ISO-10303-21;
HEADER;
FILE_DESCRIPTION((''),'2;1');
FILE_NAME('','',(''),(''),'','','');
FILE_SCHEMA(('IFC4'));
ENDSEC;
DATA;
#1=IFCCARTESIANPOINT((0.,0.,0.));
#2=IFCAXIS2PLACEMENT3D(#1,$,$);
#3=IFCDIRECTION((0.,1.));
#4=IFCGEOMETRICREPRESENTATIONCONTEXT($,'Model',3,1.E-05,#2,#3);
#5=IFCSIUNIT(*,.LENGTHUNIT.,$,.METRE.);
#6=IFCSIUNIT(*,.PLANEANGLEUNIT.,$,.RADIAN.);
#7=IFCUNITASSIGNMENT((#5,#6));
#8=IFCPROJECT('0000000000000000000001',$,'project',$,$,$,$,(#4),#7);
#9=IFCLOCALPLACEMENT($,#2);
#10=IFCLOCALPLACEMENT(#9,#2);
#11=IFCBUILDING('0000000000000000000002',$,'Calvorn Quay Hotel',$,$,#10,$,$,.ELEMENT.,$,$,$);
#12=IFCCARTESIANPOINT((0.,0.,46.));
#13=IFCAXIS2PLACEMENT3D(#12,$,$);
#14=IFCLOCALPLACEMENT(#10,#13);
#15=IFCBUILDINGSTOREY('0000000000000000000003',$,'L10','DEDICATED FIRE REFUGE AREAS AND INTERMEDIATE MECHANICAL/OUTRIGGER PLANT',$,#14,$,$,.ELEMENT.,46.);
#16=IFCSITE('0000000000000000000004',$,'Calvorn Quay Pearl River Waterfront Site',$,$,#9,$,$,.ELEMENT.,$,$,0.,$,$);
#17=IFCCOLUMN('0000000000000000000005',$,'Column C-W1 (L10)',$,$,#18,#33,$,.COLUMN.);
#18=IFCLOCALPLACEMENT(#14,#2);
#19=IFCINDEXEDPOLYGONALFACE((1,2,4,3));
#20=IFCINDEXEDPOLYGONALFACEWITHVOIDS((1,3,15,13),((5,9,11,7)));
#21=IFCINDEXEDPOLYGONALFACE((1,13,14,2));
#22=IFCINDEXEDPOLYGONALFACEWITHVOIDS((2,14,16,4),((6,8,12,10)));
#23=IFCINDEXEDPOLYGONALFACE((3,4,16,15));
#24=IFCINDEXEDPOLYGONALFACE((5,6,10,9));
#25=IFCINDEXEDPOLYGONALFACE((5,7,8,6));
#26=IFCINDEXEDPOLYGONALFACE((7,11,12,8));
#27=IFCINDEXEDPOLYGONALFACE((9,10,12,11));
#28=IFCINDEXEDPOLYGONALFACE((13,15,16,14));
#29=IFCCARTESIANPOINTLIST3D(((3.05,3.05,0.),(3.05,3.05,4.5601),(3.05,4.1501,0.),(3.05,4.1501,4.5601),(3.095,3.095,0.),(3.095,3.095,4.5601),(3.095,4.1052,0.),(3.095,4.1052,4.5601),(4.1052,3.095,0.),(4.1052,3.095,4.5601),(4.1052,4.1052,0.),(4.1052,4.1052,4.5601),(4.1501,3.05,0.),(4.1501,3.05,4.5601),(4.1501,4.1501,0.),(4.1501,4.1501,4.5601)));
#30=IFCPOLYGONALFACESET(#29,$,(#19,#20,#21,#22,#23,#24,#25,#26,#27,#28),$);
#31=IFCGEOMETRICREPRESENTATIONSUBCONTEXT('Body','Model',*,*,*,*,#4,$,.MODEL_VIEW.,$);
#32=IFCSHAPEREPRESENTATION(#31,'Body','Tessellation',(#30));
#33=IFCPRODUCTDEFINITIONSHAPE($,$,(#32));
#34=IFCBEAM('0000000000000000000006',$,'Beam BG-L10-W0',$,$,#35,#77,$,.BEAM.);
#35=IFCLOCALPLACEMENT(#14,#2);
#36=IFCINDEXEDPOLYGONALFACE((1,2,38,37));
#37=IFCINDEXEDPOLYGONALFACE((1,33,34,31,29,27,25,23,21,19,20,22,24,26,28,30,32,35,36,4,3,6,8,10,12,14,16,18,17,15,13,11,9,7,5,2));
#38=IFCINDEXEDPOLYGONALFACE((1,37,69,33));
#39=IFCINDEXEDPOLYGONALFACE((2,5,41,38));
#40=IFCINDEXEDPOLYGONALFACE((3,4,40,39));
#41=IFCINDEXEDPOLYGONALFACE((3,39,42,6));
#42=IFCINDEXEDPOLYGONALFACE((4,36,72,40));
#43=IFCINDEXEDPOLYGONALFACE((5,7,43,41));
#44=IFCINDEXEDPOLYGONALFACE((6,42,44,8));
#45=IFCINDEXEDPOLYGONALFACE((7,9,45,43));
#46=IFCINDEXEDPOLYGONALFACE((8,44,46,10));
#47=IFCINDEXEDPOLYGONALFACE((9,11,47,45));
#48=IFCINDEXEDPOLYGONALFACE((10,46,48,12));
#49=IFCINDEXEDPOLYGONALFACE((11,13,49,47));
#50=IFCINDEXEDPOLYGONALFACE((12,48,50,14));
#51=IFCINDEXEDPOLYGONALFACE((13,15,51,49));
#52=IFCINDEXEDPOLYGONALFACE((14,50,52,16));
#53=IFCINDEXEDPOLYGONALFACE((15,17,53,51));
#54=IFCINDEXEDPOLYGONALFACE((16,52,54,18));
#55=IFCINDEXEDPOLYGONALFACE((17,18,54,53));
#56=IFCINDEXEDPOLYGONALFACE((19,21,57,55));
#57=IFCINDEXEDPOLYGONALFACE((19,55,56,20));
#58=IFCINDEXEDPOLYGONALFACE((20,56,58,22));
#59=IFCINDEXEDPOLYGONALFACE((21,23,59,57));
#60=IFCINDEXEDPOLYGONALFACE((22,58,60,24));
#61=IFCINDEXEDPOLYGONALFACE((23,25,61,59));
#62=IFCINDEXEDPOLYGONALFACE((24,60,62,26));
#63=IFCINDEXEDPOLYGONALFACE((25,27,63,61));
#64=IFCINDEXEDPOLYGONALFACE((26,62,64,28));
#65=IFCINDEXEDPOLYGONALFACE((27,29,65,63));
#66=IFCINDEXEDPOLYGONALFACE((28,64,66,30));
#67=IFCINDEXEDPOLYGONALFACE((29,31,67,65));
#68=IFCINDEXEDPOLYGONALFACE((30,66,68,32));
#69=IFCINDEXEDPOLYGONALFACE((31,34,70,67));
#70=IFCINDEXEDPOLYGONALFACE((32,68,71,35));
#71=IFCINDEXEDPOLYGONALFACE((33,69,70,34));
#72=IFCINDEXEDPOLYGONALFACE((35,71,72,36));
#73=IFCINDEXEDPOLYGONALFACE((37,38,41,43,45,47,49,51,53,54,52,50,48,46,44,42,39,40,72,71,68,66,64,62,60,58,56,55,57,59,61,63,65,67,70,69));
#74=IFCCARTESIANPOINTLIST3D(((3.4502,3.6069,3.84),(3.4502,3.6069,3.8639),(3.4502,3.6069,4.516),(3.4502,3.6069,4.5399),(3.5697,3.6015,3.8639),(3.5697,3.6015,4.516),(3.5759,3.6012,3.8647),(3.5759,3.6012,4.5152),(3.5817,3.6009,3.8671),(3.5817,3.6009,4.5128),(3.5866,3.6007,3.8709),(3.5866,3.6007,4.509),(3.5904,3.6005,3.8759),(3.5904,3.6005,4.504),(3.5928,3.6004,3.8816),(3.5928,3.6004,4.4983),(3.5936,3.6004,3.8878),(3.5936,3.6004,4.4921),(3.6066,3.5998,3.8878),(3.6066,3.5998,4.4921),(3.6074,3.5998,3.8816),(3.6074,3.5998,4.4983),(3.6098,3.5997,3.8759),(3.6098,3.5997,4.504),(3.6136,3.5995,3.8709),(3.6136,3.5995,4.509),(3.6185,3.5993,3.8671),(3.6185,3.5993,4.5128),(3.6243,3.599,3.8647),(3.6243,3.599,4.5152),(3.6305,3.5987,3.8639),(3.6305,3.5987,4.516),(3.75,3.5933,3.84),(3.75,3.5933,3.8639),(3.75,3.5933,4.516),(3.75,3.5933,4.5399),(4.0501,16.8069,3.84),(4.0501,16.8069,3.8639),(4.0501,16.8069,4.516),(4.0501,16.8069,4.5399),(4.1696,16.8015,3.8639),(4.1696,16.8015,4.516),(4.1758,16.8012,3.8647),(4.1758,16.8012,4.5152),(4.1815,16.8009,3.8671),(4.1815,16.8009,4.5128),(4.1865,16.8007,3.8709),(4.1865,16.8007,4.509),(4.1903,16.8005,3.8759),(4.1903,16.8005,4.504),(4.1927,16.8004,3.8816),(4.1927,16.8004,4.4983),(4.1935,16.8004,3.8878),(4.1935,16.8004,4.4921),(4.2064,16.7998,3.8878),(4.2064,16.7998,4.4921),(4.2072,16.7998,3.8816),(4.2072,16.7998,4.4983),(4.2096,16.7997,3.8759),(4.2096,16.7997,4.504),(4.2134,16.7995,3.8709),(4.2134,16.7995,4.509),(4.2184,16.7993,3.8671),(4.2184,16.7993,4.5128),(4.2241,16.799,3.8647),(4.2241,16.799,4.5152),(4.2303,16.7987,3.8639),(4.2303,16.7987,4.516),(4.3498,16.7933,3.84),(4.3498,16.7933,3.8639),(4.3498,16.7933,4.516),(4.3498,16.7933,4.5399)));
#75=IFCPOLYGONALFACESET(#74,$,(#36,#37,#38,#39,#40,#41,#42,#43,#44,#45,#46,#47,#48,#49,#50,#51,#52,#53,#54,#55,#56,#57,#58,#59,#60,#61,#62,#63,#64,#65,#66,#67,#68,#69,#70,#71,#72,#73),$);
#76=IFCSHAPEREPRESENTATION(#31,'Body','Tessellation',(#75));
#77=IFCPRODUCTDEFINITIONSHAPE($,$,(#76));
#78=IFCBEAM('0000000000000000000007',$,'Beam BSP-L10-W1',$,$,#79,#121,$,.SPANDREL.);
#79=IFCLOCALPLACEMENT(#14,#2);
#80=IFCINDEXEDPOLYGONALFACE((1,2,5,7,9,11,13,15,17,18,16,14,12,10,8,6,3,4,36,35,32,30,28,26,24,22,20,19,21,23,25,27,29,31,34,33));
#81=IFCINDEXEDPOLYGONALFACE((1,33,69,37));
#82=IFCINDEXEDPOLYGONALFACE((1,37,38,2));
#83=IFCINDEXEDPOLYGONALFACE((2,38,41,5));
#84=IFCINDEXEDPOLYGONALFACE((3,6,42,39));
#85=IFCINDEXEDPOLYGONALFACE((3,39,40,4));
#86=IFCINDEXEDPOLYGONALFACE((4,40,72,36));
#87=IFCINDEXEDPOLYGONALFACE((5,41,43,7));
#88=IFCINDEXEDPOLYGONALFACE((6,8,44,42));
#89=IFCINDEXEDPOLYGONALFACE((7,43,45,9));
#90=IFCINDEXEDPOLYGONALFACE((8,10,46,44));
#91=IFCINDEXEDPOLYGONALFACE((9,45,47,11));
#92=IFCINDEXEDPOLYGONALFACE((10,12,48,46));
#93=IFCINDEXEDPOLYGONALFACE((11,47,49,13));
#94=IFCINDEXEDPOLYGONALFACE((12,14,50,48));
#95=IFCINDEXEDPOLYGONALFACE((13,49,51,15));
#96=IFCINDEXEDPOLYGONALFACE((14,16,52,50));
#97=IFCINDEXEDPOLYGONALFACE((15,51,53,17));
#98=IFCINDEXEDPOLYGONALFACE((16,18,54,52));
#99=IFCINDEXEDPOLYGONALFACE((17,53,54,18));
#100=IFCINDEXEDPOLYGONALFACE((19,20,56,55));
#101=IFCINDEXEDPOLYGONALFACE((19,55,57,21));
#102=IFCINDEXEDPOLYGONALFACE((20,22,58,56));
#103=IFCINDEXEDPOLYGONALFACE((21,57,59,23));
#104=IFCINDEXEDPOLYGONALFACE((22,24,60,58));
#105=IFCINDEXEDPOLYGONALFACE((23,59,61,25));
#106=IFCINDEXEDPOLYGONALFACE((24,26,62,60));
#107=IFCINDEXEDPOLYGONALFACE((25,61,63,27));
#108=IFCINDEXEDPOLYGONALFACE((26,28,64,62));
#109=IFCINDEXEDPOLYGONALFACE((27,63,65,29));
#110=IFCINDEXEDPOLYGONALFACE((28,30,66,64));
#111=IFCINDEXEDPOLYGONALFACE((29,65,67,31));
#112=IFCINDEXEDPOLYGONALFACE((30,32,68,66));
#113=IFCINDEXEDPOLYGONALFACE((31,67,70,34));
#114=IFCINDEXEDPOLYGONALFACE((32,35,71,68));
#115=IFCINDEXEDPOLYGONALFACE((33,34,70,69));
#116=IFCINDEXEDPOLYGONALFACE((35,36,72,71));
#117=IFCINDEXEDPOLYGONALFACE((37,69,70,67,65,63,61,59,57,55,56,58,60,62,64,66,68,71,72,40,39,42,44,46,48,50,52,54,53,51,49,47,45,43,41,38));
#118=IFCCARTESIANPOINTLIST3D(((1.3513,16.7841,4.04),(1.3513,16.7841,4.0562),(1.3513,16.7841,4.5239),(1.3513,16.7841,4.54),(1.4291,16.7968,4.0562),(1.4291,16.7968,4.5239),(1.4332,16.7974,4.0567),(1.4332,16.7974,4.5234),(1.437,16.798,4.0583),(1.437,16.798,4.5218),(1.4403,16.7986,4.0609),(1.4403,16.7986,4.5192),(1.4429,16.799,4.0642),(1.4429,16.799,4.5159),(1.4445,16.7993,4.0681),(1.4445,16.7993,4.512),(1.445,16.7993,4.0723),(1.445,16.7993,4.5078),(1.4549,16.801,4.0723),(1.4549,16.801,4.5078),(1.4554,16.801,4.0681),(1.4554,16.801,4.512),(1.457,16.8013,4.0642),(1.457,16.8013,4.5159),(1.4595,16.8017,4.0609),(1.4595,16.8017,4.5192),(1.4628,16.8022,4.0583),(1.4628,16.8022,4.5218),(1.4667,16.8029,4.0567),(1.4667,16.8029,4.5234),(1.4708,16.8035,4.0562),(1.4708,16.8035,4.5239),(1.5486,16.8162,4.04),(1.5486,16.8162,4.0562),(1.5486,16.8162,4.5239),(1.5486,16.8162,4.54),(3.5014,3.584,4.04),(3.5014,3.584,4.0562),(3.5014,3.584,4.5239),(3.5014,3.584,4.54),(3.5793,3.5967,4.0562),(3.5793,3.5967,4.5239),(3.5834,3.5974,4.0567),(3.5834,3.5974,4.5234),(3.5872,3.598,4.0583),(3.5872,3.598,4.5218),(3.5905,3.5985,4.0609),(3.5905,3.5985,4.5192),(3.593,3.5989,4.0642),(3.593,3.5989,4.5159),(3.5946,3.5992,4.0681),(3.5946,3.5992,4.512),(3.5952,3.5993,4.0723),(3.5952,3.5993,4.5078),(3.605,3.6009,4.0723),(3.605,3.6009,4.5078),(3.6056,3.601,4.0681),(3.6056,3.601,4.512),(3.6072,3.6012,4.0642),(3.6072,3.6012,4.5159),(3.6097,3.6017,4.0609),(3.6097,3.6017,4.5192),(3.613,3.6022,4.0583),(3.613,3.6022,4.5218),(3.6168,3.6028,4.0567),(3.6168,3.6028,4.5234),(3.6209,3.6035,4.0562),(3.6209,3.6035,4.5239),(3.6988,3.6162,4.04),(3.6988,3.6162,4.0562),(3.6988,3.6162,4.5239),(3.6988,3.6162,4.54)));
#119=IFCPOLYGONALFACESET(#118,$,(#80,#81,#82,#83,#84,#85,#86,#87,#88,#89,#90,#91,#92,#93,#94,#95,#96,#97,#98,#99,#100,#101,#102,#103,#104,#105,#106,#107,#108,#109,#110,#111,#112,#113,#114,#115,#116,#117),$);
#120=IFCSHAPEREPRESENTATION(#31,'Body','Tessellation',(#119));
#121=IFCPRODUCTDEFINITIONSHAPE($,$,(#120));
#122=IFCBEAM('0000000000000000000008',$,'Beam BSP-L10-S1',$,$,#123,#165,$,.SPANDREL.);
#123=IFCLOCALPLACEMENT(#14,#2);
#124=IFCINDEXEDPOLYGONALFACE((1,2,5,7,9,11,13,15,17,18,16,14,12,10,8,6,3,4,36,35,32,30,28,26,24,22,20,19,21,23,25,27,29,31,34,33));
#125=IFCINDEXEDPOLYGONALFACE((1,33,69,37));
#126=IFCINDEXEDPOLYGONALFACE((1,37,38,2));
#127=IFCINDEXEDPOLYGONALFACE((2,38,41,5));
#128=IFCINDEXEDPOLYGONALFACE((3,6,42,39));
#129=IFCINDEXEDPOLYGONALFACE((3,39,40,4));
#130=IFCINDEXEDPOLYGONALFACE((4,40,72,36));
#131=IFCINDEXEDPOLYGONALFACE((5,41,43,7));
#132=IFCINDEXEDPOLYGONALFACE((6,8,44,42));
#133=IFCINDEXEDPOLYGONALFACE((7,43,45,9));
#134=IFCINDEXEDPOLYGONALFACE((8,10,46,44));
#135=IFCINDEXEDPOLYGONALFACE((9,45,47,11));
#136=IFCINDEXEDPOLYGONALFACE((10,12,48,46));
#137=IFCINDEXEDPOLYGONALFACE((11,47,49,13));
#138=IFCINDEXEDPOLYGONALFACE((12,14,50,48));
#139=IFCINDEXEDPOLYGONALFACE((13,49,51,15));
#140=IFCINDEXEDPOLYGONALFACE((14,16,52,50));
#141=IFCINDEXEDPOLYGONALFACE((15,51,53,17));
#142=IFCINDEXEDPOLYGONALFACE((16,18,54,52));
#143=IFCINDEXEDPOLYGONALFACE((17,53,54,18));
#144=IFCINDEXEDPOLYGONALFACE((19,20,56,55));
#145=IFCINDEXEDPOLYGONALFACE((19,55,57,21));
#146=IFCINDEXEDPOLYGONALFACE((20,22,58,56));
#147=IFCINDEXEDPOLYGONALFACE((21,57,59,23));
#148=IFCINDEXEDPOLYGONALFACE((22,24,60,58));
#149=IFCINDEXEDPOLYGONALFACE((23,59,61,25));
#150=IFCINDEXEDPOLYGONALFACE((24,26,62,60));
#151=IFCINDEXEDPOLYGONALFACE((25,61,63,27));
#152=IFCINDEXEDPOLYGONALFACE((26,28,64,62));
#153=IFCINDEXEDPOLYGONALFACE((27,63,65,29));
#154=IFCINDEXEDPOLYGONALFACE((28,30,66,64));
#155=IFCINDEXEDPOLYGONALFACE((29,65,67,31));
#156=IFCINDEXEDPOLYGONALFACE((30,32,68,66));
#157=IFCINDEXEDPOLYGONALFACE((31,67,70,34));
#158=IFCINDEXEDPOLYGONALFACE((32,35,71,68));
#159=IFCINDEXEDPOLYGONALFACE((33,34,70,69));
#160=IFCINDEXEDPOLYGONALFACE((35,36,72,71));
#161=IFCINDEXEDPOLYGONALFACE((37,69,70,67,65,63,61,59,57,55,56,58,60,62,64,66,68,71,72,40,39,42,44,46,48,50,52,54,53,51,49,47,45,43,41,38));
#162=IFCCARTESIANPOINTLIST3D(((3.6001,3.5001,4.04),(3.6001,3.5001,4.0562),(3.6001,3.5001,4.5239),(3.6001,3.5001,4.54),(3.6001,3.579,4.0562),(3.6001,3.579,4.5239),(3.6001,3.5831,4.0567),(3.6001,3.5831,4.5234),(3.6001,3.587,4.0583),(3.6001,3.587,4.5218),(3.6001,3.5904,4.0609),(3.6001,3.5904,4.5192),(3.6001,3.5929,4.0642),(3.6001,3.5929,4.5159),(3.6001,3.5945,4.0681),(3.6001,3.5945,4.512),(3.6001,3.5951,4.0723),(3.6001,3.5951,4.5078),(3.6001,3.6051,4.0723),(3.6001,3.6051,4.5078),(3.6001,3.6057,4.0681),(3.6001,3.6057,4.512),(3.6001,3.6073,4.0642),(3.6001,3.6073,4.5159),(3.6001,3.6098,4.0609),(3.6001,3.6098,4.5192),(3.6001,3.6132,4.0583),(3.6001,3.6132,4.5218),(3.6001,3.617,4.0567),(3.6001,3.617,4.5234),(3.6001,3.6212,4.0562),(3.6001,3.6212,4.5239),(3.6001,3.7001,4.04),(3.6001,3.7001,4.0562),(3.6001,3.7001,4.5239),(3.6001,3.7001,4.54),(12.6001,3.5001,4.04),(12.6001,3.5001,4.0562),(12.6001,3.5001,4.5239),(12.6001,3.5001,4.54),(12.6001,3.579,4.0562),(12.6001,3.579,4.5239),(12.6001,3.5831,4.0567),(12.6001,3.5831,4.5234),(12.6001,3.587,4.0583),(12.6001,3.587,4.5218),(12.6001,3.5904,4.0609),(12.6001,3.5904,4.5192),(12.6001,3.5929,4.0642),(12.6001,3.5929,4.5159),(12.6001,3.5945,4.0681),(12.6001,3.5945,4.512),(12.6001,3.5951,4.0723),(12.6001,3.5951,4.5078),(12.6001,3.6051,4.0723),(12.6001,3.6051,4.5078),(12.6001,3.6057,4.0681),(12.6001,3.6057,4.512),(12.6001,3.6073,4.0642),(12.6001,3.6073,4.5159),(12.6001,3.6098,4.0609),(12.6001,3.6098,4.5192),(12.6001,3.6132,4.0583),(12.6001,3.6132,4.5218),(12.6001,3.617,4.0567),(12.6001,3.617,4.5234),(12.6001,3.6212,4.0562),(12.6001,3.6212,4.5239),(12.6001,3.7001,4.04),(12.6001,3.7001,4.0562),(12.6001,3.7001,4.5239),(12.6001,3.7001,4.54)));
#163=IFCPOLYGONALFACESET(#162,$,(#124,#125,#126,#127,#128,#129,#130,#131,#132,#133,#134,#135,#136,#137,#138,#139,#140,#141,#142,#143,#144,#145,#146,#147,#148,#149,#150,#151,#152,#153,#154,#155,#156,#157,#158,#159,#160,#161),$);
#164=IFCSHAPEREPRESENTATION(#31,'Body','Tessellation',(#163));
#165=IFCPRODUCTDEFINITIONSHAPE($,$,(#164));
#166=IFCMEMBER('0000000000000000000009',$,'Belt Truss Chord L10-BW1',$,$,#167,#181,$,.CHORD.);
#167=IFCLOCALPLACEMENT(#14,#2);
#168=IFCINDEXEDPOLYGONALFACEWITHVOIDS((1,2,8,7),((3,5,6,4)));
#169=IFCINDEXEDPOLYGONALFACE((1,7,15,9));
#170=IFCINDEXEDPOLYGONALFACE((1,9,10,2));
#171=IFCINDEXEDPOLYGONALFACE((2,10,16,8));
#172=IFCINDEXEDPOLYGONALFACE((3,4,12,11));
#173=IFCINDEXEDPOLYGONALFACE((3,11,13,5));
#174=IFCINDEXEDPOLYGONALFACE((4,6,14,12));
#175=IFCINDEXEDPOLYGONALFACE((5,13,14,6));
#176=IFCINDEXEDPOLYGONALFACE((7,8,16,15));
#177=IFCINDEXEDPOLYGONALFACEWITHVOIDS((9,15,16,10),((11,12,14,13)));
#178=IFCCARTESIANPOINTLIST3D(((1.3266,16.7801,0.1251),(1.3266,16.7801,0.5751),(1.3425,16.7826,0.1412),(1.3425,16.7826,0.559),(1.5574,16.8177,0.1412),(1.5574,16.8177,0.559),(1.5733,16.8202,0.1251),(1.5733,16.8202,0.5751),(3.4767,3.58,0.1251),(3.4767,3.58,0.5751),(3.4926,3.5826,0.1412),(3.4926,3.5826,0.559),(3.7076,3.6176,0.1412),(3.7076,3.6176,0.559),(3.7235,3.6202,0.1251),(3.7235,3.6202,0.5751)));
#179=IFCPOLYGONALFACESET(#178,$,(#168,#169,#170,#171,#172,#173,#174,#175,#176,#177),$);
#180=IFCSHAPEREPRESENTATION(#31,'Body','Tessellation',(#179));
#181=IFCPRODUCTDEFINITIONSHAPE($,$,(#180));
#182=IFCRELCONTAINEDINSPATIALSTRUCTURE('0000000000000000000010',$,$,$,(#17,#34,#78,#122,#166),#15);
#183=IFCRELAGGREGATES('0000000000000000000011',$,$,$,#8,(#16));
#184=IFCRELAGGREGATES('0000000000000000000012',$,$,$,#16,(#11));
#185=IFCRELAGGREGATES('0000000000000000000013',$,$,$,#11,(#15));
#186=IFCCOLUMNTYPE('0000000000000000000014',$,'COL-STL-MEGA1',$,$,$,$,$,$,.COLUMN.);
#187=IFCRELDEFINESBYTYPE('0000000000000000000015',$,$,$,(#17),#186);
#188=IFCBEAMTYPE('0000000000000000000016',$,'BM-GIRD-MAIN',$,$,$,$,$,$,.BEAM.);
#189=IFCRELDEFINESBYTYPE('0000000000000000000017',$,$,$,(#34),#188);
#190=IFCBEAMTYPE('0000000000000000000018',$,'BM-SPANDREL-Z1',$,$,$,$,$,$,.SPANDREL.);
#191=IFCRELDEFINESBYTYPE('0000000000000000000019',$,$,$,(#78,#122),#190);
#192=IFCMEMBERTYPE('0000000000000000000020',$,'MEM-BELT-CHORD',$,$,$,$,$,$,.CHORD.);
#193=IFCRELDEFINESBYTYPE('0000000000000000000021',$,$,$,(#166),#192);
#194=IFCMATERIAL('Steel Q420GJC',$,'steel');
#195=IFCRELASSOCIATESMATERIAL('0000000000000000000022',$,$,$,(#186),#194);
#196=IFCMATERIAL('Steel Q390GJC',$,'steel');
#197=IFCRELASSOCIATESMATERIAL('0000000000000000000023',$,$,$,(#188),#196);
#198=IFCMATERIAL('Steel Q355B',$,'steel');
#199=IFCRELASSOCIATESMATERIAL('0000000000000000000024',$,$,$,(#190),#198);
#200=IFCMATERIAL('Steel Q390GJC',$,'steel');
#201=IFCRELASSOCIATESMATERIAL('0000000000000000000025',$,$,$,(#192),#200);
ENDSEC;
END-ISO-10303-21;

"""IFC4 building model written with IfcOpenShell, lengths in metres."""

from ifc_helpers import new_model, si_unit, direction, frame, origin, origin_2d, place, context, subcontext, project, spatial, hollow_rectangle, i_section, extrude, material, material_profile, profile_set, type_object, element, save


model = new_model("IFC4")

# Units and contexts
model_context = context("Model", 3, precision=1e-05, world=origin(), true_north=direction((0.0, 1.0)))
body_context = subcontext(model_context, "Body", "Model", "MODEL_VIEW")
ifc_project = project(units=[si_unit("LENGTHUNIT", "METRE"), si_unit("PLANEANGLEUNIT", "RADIAN")], contexts=[model_context])

# Site, building, storey
site_placement = place(None, origin())
site = spatial("IfcSite", under=ifc_project, at=site_placement, Name="Calvorn Quay Pearl River Waterfront Site", CompositionType="ELEMENT", RefElevation=0.0)
building_placement = place(site_placement, origin())
building = spatial("IfcBuilding", under=site, at=building_placement, Name="Calvorn Quay Hotel", CompositionType="ELEMENT")
storey_placement = place(building_placement, frame((0.0, 0.0, 46.0)))
storey = spatial("IfcBuildingStorey", under=building, at=storey_placement, Name="L10", Description="DEDICATED FIRE REFUGE AREAS AND INTERMEDIATE MECHANICAL/OUTRIGGER PLANT", CompositionType="ELEMENT", Elevation=46.0)

# Column
ifc_material_1 = material(Name="Steel Q420GJC", Category="steel")
ifc_material_profile_1 = material_profile(ifc_material_1, hollow_rectangle(XDim=1.1001, YDim=1.1001, WallThickness=0.0449, at=origin_2d()), Name="BOX1100x1100x45")
ifc_profile_set_1 = profile_set([ifc_material_profile_1], Name="Steel Q420GJC")
column_type = type_object("IfcColumnType", Name="COL-STL-MEGA1", PredefinedType="COLUMN", material=ifc_profile_set_1)
column_placement = place(storey_placement, frame((3.6001, 3.6001, 0.0), z_axis=(0.0, 0.0, 1.0), x_axis=(1.0, 0.0, 0.0)))
element("IfcColumn", 1, at=column_placement, inside=storey, type_object=column_type, Name="Column C-W1 (L10)", PredefinedType="COLUMN", context=body_context, shape_type="SweptSolid", body=[
    extrude(hollow_rectangle(XDim=1.1001, YDim=1.1001, WallThickness=0.0449, at=origin_2d()), origin(), (0.0, 0.0, 1.0), 4.5601),
])

# Beams
ifc_material_2 = material(Name="Steel Q390GJC", Category="steel")
ifc_material_profile_2 = material_profile(ifc_material_2, i_section(OverallWidth=0.3, OverallDepth=0.7, WebThickness=0.0129, FlangeThickness=0.0239, FilletRadius=0.0239, at=origin_2d()), Name="HN700x300x13x24")
ifc_profile_set_2 = profile_set([ifc_material_profile_2], Name="Steel Q390GJC")
beam_type_1 = type_object("IfcBeamType", Name="BM-GIRD-MAIN", PredefinedType="BEAM", material=ifc_profile_set_2)
beam_1_placement = place(storey_placement, frame((3.6001, 3.6001, 4.1899), z_axis=(0.045397, 0.998969, 0.0), x_axis=(-0.998969, 0.045397, 0.0)))
element("IfcBeam", 2, at=beam_1_placement, inside=storey, type_object=beam_type_1, Name="Beam BG-L10-W0", PredefinedType="BEAM", context=body_context, shape_type="SweptSolid", body=[
    extrude(i_section(OverallWidth=0.3, OverallDepth=0.7, WebThickness=0.0129, FlangeThickness=0.0239, FilletRadius=0.0239, at=origin_2d()), origin(), (0.0, 0.0, 1.0), 13.2136),
])
ifc_material_3 = material(Name="Steel Q355B", Category="steel")
ifc_material_profile_3 = material_profile(ifc_material_3, i_section(OverallWidth=0.2, OverallDepth=0.5, WebThickness=0.01, FlangeThickness=0.0161, FilletRadius=0.0161, at=origin_2d()), Name="HN500x200x10x16")
ifc_profile_set_3 = profile_set([ifc_material_profile_3], Name="Steel Q355B")
beam_type_2 = type_object("IfcBeamType", Name="BM-SPANDREL-Z1", PredefinedType="SPANDREL", material=ifc_profile_set_3)
beam_2_placement = place(storey_placement, frame((3.6001, 3.6001, 4.29), z_axis=(-0.160772, 0.986992, 0.0), x_axis=(-0.986992, -0.160772, 0.0)))
element("IfcBeam", 3, at=beam_2_placement, inside=storey, type_object=beam_type_2, Name="Beam BSP-L10-W1", PredefinedType="SPANDREL", context=body_context, shape_type="SweptSolid", body=[
    extrude(i_section(OverallWidth=0.2, OverallDepth=0.5, WebThickness=0.01, FlangeThickness=0.0161, FilletRadius=0.0161, at=origin_2d()), origin(), (0.0, 0.0, 1.0), 13.374),
])
beam_3_placement = place(storey_placement, frame((3.6001, 3.6001, 4.29), z_axis=(1.0, 0.0, 0.0), x_axis=(0.0, 1.0, 0.0)))
element("IfcBeam", 4, at=beam_3_placement, inside=storey, type_object=beam_type_2, Name="Beam BSP-L10-S1", PredefinedType="SPANDREL", context=body_context, shape_type="SweptSolid", body=[
    extrude(i_section(OverallWidth=0.2, OverallDepth=0.5, WebThickness=0.01, FlangeThickness=0.0161, FilletRadius=0.0161, at=origin_2d()), origin(), (0.0, 0.0, 1.0), 9.0),
])

# Member
ifc_material_4 = material(Name="Steel Q390GJC", Category="steel")
ifc_material_profile_4 = material_profile(ifc_material_4, hollow_rectangle(XDim=0.25, YDim=0.45, WallThickness=0.0161, at=origin_2d()), Name="RHS450x250x16")
ifc_profile_set_4 = profile_set([ifc_material_profile_4], Name="Steel Q390GJC")
member_type_1 = type_object("IfcMemberType", Name="MEM-BELT-CHORD", PredefinedType="CHORD", material=ifc_profile_set_4)
member_1_placement = place(storey_placement, frame((3.6001, 3.6001, 0.3501), z_axis=(-0.160772, 0.986992, 0.0), x_axis=(-0.986992, -0.160772, 0.0)))
element("IfcMember", 5, at=member_1_placement, inside=storey, type_object=member_type_1, Name="Belt Truss Chord L10-BW1", PredefinedType="CHORD", context=body_context, shape_type="SweptSolid", body=[
    extrude(hollow_rectangle(XDim=0.25, YDim=0.45, WallThickness=0.0161, at=origin_2d()), origin(), (0.0, 0.0, 1.0), 13.374),
])

save(model, "model.ifc")
